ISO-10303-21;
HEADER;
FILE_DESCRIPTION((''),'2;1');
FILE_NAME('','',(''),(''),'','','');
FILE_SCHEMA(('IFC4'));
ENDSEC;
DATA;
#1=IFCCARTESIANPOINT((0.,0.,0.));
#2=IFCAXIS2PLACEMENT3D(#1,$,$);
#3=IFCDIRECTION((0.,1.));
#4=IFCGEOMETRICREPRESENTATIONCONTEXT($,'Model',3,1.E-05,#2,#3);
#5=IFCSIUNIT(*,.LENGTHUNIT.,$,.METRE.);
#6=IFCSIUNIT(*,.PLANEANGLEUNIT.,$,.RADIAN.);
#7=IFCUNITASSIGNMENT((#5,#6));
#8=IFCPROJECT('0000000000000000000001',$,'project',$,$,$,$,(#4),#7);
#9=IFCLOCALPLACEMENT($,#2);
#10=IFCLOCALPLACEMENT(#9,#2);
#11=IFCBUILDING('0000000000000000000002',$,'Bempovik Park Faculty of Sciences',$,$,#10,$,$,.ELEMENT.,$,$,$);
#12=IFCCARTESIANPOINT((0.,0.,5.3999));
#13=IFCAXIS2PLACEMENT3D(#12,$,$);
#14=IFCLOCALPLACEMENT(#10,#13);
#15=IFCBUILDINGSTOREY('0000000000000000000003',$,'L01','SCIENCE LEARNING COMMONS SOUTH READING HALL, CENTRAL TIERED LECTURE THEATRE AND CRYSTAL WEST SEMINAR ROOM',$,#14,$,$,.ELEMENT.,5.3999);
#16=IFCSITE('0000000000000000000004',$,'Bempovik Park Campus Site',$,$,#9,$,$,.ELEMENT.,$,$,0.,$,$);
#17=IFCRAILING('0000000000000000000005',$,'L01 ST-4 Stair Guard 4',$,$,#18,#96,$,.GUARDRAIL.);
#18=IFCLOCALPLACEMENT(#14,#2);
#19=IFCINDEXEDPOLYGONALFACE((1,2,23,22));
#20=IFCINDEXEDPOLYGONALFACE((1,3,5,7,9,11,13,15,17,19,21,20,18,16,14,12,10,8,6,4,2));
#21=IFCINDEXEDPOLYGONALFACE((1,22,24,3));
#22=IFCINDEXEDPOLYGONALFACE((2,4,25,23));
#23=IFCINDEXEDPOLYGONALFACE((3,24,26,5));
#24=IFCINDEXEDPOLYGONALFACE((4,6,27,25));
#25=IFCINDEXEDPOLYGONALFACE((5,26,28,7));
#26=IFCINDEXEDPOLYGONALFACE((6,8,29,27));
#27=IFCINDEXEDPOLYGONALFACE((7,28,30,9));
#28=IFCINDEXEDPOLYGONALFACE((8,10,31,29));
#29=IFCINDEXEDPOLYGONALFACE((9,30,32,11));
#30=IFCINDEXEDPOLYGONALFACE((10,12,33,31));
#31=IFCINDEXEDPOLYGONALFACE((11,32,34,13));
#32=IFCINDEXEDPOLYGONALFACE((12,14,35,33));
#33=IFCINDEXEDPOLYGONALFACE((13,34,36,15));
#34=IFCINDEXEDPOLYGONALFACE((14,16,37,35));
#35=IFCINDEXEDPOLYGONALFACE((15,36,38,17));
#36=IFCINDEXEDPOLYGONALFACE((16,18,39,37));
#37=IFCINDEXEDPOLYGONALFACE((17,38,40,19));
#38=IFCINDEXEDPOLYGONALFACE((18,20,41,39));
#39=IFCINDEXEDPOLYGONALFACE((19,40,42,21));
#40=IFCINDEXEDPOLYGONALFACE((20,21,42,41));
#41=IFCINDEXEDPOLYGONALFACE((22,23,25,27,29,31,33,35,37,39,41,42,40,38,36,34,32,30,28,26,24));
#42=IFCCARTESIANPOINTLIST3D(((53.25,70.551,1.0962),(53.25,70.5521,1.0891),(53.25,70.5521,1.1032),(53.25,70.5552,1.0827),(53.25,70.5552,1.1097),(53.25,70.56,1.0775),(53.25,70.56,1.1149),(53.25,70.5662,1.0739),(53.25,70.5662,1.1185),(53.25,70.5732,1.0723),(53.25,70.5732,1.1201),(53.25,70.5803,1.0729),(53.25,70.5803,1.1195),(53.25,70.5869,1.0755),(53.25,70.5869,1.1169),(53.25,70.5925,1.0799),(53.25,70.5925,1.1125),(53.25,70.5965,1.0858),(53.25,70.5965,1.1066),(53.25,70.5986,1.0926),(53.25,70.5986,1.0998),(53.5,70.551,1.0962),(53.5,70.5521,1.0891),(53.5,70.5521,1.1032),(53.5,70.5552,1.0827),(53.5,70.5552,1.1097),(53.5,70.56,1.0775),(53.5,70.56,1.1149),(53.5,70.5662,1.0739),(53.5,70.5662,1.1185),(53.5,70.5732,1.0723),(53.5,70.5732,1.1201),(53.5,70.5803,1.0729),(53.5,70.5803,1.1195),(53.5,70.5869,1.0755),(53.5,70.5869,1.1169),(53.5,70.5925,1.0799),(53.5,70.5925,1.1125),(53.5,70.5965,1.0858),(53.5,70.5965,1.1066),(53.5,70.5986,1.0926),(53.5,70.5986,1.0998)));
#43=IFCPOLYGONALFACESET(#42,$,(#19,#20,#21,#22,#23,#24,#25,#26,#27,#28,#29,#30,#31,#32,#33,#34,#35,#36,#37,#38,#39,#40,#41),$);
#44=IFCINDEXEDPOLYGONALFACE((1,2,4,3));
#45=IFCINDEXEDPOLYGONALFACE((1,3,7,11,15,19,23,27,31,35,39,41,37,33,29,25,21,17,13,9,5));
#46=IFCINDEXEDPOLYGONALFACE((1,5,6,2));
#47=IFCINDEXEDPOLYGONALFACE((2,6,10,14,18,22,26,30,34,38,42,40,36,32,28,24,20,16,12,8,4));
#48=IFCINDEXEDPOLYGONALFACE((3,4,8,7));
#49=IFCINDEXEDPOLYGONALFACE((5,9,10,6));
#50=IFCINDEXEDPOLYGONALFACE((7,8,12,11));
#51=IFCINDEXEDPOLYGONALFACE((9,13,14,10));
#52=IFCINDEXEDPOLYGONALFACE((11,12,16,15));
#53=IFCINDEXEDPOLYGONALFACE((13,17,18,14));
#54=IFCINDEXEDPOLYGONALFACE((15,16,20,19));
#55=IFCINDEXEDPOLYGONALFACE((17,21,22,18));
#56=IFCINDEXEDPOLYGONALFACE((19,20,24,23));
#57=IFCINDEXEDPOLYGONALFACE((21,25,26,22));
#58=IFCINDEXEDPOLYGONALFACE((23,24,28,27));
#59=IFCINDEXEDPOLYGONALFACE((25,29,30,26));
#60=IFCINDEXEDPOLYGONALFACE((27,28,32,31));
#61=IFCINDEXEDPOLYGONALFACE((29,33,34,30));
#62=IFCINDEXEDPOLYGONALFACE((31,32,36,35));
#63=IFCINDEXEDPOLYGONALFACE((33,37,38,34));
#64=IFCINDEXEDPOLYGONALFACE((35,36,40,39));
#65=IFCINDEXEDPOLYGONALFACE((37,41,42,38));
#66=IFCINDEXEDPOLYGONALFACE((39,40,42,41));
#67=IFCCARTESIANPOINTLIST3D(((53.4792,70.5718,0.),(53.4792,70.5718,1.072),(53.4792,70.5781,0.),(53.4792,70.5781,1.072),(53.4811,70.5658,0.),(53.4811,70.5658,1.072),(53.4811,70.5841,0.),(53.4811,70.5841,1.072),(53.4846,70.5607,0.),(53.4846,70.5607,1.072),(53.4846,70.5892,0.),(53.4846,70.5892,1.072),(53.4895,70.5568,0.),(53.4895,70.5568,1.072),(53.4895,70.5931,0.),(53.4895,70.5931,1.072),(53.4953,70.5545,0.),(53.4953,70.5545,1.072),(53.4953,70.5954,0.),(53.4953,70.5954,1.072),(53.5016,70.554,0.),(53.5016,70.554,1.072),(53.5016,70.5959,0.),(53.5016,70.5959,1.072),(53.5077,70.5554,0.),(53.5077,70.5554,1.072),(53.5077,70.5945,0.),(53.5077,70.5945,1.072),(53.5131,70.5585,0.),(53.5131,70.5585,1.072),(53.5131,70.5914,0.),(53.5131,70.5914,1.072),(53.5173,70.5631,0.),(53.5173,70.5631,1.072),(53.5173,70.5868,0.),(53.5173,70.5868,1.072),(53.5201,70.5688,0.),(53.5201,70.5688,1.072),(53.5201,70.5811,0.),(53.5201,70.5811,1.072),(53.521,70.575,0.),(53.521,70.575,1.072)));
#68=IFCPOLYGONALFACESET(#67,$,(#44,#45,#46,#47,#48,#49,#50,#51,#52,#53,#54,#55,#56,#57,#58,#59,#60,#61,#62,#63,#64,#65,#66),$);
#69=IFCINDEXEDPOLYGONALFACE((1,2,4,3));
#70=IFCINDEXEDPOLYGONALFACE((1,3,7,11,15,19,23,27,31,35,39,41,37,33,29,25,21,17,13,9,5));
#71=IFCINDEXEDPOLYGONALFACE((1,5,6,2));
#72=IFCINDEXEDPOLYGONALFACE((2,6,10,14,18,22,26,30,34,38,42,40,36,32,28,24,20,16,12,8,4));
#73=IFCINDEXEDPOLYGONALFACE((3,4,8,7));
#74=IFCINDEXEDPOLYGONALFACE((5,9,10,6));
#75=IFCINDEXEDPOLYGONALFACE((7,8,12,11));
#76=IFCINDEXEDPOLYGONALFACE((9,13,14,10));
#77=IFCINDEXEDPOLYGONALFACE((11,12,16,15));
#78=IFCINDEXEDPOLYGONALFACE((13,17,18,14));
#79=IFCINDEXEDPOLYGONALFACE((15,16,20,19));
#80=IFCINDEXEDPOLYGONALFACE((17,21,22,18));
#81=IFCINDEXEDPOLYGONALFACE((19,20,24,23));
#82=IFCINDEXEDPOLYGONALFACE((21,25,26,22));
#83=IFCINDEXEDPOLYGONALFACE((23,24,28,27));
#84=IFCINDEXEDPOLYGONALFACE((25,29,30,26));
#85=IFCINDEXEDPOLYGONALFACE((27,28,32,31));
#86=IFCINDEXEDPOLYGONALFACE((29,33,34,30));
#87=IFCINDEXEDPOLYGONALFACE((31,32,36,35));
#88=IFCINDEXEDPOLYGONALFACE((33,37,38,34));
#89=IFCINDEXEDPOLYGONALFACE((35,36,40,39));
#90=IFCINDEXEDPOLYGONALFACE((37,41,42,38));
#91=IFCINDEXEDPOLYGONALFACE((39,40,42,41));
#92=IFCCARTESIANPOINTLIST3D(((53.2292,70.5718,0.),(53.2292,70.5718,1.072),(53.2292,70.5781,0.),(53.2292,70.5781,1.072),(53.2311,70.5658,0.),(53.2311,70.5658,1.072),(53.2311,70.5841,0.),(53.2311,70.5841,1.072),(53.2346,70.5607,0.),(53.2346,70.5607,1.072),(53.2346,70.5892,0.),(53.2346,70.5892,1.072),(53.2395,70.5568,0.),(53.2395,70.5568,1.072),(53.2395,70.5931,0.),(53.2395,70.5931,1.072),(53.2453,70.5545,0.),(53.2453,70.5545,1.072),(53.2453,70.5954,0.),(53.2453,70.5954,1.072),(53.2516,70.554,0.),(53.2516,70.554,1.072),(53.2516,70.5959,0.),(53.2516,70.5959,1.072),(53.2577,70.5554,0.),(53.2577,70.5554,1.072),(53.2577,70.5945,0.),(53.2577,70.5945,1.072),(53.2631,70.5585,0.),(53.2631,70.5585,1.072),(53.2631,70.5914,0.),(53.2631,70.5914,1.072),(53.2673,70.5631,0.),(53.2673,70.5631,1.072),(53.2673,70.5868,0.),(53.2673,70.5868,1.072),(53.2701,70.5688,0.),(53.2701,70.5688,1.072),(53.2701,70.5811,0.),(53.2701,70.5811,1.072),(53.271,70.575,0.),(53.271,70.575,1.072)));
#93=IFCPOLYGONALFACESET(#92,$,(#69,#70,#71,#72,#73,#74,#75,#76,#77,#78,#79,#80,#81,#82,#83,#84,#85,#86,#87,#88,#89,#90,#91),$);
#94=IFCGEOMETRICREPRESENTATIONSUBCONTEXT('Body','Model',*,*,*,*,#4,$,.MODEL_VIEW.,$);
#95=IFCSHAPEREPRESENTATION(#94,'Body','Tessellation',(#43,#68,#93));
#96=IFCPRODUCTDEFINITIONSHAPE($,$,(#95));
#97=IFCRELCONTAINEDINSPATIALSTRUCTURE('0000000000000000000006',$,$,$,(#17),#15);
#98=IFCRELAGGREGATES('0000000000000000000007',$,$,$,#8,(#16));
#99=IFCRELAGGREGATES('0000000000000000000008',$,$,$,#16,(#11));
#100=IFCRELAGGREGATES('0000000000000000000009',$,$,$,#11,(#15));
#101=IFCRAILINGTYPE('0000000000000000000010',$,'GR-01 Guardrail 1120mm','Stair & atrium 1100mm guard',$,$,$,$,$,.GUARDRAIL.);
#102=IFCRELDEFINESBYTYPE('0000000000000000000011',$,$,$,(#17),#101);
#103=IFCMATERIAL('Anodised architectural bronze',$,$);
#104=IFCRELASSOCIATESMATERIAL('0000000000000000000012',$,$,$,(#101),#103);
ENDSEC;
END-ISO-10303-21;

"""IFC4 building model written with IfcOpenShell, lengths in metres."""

from ifc_helpers import new_model, si_unit, direction, frame, origin, origin_2d, place, context, subcontext, project, spatial, circle, extrude, material, type_object, element, save


model = new_model("IFC4")

# Units and contexts
model_context = context("Model", 3, precision=1e-05, world=origin(), true_north=direction((0.0, 1.0)))
body_context = subcontext(model_context, "Body", "Model", "MODEL_VIEW")
ifc_project = project(units=[si_unit("LENGTHUNIT", "METRE"), si_unit("PLANEANGLEUNIT", "RADIAN")], contexts=[model_context])

# Site, building, storey
site_placement = place(None, origin())
site = spatial("IfcSite", under=ifc_project, at=site_placement, Name="Bempovik Park Campus Site", CompositionType="ELEMENT", RefElevation=0.0)
building_placement = place(site_placement, origin())
building = spatial("IfcBuilding", under=site, at=building_placement, Name="Bempovik Park Faculty of Sciences", CompositionType="ELEMENT")
storey_placement = place(building_placement, frame((0.0, 0.0, 5.3999)))
storey = spatial("IfcBuildingStorey", under=building, at=storey_placement, Name="L01", Description="SCIENCE LEARNING COMMONS SOUTH READING HALL, CENTRAL TIERED LECTURE THEATRE AND CRYSTAL WEST SEMINAR ROOM", CompositionType="ELEMENT", Elevation=5.3999)

# Shared definitions
ifc_material_1 = material(Name="Anodised architectural bronze")

# Railing
railing_type_1 = type_object("IfcRailingType", Name="GR-01 Guardrail 1120mm", Description="Stair & atrium 1100mm guard", PredefinedType="GUARDRAIL", material=ifc_material_1)
railing_1_placement = place(storey_placement, frame((53.5, 70.575, 0.0)))
element("IfcRailing", 1, at=railing_1_placement, inside=storey, type_object=railing_type_1, Name="L01 ST-4 Stair Guard 4", PredefinedType="GUARDRAIL", context=body_context, shape_type="SweptSolid", body=[
    extrude(circle(Radius=0.0239, at=origin_2d()), frame((0.0, 0.0, 1.0962), z_axis=(-1.0, 0.0, 0.0), x_axis=(0.0, -1.0, 0.0)), (0.0, 0.0, 1.0), 0.25),
    extrude(circle(Radius=0.021, at=origin_2d()), origin(), (0.0, 0.0, 1.0), 1.072),
    extrude(circle(Radius=0.021, at=origin_2d()), frame((-0.25, 0.0, 0.0)), (0.0, 0.0, 1.0), 1.072),
])

save(model, "model.ifc")
